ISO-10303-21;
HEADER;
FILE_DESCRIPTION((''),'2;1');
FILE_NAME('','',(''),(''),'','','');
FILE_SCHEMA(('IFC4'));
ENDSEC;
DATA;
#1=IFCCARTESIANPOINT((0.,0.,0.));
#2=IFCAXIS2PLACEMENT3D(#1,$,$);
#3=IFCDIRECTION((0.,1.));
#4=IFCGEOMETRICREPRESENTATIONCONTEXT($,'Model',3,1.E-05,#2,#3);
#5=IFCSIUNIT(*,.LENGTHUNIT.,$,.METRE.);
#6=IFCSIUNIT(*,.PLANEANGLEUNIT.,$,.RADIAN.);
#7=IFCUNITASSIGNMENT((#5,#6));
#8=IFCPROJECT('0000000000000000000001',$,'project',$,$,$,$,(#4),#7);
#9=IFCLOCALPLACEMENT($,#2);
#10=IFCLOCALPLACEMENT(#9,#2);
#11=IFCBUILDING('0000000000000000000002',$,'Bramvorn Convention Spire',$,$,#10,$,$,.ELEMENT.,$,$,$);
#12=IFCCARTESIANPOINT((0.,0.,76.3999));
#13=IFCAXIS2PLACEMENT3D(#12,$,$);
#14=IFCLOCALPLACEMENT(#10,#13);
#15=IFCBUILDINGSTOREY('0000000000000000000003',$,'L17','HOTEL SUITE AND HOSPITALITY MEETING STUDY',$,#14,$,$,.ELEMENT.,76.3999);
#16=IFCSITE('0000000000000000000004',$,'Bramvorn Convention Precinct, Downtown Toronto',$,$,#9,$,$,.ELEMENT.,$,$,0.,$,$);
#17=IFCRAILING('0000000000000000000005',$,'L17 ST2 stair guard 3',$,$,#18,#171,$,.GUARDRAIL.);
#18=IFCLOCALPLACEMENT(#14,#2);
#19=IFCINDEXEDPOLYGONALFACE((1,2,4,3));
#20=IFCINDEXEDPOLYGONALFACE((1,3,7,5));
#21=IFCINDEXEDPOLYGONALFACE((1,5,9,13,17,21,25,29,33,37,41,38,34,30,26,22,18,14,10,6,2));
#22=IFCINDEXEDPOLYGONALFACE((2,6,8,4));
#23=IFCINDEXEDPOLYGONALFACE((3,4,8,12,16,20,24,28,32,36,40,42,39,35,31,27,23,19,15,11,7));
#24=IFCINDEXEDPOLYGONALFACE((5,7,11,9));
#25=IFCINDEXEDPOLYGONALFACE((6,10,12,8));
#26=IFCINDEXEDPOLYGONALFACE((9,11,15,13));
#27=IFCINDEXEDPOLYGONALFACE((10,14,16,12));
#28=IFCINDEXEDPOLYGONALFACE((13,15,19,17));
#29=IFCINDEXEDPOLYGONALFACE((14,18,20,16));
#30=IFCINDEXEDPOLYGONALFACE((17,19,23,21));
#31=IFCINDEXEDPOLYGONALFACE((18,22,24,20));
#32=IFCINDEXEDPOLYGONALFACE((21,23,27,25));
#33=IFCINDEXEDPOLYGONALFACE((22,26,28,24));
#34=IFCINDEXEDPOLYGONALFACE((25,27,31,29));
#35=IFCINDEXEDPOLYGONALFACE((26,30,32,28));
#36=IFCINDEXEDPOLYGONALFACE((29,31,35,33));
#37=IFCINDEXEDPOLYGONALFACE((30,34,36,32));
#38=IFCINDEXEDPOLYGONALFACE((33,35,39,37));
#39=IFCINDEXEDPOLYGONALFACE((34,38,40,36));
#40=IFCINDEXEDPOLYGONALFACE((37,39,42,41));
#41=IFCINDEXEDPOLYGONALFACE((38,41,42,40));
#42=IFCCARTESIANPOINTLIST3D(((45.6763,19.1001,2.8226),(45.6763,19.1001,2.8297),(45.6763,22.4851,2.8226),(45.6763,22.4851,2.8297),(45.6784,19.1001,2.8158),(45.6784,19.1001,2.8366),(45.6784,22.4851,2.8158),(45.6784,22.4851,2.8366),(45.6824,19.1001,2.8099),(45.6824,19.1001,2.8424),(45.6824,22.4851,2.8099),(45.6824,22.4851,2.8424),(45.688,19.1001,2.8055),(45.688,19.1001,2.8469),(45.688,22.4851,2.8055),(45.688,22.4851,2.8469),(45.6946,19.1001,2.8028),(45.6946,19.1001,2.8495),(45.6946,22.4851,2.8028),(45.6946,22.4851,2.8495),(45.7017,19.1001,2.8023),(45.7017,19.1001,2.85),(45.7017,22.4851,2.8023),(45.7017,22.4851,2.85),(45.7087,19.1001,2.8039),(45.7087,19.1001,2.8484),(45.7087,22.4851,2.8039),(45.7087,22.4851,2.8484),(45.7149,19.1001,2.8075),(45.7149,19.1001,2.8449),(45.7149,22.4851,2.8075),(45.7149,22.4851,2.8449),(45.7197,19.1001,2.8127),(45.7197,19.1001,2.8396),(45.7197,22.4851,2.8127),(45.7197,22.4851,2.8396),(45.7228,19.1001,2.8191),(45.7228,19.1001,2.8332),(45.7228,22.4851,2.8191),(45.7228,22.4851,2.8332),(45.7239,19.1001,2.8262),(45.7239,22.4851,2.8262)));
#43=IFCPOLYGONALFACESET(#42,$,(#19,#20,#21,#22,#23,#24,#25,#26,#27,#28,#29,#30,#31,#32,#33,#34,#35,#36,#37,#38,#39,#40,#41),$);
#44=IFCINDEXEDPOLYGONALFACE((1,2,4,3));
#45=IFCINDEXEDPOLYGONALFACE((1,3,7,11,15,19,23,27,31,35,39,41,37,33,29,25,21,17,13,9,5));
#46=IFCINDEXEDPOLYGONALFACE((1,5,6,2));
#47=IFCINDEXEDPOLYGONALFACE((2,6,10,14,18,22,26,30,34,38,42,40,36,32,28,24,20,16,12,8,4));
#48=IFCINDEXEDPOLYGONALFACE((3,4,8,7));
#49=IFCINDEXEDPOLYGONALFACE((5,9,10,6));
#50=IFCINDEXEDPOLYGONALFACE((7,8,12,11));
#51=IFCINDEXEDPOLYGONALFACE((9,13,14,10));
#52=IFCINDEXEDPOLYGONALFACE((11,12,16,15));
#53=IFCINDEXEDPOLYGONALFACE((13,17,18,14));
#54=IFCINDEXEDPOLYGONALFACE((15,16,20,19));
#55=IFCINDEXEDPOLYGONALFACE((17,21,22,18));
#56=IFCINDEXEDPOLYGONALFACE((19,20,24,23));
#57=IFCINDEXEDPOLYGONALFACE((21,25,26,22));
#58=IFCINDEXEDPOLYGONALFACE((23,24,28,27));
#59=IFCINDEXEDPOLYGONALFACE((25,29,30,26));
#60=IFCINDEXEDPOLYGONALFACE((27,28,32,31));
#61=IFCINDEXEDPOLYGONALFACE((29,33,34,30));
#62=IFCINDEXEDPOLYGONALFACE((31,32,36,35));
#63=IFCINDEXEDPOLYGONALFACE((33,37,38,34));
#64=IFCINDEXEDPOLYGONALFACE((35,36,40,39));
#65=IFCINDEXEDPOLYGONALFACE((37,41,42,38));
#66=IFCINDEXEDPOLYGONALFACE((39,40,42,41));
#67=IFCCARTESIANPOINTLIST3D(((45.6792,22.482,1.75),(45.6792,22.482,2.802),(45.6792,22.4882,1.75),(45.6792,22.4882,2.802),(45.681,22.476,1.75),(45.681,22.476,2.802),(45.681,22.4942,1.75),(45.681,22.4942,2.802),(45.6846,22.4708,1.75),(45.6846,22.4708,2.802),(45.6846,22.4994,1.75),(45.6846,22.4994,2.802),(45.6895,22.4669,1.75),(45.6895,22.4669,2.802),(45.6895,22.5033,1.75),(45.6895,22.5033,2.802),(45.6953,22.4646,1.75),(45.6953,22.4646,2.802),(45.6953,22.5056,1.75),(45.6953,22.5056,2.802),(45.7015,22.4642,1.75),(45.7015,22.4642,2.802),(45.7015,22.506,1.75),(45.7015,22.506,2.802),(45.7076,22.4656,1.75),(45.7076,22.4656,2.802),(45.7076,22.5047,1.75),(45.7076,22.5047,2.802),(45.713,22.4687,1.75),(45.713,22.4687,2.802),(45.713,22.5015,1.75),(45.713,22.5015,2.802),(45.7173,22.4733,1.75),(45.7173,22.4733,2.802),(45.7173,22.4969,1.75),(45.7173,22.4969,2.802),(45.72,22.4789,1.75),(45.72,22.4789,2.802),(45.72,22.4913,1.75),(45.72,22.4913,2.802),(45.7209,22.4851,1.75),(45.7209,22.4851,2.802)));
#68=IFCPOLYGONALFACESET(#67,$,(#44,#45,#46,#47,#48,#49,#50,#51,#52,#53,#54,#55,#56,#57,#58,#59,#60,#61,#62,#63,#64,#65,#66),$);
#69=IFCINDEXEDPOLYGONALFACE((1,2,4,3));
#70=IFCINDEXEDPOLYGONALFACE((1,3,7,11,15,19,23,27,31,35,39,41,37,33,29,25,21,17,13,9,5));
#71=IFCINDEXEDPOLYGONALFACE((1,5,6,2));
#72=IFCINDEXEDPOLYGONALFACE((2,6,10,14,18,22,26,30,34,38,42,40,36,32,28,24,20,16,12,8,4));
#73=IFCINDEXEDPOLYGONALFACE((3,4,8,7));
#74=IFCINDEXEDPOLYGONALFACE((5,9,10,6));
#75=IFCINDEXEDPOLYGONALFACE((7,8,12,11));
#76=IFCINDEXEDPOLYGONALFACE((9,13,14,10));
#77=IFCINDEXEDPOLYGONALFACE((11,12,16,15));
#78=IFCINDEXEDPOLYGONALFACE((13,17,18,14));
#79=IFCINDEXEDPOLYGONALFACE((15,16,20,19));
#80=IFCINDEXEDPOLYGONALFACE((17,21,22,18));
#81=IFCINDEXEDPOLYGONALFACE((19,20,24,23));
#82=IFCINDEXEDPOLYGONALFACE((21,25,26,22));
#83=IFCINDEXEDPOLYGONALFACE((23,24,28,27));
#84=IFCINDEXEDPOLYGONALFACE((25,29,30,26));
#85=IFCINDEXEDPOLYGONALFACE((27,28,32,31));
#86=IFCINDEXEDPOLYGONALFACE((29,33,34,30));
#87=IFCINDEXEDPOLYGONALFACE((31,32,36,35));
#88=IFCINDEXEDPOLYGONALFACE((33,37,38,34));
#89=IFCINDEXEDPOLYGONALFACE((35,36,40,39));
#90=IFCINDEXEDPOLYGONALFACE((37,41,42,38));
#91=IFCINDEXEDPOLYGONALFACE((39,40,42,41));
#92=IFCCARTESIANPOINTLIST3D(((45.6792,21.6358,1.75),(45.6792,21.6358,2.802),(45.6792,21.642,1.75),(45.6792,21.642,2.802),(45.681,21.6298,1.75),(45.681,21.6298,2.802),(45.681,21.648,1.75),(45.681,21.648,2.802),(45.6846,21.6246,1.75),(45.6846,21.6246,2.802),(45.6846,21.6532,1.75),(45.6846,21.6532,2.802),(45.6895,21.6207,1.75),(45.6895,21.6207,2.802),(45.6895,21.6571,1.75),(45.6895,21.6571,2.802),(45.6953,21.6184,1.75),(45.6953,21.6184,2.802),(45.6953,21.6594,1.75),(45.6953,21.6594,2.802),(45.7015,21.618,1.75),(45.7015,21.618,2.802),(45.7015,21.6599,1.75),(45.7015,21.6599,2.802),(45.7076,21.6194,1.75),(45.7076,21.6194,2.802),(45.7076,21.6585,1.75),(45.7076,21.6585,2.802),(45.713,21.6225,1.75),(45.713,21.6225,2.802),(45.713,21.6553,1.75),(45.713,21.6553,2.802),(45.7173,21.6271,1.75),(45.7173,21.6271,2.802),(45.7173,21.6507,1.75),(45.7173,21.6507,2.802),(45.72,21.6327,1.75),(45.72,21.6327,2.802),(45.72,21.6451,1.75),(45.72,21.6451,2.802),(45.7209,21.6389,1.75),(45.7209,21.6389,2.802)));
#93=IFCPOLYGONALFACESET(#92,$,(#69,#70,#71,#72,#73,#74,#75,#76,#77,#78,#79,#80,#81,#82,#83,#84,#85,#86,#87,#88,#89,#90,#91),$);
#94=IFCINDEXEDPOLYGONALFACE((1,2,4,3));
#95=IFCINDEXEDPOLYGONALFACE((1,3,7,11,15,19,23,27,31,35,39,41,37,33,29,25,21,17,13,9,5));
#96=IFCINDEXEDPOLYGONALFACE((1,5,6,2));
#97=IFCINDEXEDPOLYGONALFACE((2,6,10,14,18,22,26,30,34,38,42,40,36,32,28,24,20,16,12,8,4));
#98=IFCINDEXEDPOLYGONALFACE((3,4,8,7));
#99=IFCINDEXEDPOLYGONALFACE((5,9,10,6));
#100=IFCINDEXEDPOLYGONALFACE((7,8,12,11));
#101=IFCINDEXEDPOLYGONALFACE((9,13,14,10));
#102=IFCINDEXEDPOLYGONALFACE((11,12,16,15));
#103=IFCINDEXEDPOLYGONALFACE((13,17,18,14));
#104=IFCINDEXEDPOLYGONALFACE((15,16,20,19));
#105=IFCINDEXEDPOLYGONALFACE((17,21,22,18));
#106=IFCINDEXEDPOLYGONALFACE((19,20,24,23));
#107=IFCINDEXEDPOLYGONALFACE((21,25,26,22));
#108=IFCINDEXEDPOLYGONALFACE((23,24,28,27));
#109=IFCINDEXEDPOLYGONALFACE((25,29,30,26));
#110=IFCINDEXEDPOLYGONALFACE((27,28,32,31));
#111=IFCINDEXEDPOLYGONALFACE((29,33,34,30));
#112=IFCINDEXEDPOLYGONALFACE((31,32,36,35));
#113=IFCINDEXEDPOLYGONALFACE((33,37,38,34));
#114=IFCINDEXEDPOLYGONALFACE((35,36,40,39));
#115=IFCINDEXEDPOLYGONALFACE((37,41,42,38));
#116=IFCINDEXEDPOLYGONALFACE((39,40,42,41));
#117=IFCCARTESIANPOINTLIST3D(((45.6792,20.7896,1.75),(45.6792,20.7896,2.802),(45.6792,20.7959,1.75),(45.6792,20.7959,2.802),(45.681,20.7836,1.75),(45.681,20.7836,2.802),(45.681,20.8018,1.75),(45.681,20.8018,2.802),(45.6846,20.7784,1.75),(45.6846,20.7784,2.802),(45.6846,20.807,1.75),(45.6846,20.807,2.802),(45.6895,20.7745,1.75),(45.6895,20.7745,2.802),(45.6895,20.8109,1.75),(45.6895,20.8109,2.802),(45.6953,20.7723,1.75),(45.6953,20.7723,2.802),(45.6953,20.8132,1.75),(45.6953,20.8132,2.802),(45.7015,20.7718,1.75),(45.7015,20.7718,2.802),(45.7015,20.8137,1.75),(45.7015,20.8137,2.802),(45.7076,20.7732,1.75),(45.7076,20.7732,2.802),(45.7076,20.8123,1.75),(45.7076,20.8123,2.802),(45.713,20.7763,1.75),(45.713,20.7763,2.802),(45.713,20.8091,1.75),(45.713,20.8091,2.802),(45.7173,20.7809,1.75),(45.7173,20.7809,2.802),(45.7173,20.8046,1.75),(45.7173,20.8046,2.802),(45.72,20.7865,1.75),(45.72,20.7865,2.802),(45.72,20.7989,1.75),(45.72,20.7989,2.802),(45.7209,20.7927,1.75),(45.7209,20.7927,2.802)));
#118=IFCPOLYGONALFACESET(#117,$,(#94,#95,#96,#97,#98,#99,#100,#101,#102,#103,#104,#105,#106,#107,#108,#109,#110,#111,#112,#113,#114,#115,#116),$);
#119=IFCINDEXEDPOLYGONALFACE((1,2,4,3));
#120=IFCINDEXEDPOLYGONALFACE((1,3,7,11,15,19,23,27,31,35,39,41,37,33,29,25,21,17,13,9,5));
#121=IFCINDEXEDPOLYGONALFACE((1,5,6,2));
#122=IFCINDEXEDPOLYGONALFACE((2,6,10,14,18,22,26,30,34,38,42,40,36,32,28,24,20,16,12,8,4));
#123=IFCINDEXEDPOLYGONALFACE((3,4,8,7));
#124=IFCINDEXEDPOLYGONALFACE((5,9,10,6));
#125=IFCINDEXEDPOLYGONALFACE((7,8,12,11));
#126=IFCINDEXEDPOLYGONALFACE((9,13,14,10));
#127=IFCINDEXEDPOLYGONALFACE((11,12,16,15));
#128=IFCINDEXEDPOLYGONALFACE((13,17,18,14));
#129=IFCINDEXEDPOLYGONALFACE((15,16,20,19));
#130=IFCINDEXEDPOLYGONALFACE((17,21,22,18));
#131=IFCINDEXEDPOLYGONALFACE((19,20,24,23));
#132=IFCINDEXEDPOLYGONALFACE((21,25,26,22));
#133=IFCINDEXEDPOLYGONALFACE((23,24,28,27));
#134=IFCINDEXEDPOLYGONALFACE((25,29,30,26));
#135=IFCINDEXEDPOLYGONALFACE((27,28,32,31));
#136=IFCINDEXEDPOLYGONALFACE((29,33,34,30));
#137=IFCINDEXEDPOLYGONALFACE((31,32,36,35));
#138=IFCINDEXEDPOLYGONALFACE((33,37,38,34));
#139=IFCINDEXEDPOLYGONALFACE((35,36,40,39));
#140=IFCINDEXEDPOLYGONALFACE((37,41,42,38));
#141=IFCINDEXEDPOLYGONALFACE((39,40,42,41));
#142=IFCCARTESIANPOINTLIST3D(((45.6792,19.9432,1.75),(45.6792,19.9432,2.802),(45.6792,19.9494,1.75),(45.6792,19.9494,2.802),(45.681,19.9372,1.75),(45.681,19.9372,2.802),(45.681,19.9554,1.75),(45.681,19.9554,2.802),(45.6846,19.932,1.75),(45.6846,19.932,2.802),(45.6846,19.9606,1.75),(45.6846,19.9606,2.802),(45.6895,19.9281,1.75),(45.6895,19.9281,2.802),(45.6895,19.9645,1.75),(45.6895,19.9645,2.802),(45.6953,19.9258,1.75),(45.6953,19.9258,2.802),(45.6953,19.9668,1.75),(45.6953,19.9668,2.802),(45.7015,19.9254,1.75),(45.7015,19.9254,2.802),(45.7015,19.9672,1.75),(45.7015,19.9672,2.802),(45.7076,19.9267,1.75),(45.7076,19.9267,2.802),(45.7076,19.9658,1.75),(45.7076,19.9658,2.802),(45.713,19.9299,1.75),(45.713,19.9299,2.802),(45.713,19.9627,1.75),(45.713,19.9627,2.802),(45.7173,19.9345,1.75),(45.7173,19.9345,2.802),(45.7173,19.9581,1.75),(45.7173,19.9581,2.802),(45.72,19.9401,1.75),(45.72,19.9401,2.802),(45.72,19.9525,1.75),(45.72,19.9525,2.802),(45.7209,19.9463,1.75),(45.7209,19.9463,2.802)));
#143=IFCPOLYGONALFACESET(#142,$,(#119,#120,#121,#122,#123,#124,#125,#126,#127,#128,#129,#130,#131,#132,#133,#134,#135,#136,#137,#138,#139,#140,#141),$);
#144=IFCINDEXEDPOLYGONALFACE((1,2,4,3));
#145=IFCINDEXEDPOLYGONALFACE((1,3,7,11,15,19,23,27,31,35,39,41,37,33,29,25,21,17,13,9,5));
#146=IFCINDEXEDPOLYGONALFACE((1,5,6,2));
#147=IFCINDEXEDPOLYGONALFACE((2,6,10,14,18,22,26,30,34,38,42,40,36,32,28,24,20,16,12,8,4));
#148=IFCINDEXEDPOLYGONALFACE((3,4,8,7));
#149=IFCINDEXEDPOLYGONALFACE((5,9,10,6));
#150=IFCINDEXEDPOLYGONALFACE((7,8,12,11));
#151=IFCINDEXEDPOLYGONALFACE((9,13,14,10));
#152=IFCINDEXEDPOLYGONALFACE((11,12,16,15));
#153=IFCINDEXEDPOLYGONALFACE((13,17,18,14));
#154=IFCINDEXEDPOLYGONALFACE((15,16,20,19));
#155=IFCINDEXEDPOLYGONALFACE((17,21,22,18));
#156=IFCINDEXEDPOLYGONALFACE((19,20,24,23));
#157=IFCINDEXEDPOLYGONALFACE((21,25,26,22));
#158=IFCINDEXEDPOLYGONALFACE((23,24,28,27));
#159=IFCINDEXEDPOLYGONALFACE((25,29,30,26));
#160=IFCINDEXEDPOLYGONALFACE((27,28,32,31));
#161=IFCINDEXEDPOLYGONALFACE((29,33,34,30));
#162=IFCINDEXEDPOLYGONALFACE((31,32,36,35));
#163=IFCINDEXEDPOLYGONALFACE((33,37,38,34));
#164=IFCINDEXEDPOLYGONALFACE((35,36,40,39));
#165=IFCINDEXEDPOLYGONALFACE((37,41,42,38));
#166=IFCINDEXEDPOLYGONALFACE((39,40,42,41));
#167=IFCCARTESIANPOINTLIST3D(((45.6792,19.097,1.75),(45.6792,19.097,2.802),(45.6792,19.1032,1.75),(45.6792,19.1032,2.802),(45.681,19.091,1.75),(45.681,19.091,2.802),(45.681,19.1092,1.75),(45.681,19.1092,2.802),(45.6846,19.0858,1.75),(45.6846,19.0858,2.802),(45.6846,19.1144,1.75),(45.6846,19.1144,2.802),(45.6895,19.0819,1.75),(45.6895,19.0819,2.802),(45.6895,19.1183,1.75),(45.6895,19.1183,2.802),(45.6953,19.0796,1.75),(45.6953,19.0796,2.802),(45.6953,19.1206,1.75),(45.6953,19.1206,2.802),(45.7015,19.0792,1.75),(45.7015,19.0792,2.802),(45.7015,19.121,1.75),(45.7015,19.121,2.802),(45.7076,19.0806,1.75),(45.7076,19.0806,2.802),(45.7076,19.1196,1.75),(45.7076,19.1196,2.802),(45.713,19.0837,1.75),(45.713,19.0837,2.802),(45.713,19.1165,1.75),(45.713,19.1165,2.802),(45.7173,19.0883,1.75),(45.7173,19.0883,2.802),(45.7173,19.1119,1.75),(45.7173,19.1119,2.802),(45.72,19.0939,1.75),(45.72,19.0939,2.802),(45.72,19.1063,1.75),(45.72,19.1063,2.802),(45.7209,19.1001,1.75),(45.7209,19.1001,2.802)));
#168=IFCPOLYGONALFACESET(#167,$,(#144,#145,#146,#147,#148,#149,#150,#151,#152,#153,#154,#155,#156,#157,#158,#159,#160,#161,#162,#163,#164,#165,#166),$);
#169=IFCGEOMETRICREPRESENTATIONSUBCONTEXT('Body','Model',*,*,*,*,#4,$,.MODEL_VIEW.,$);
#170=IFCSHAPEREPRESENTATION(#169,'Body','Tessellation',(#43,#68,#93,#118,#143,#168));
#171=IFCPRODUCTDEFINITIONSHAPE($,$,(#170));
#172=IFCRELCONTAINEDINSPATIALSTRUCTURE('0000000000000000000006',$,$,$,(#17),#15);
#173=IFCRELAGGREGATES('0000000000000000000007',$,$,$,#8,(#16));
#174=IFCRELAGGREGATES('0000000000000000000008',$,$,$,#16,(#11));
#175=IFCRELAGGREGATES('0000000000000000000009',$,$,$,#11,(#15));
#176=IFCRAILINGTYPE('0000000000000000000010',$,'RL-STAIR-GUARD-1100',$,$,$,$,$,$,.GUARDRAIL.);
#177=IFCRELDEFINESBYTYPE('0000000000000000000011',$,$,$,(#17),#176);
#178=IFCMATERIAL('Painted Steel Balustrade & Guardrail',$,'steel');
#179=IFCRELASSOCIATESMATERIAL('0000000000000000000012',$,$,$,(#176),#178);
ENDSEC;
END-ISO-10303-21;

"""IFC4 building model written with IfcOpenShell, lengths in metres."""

from ifc_helpers import new_model, si_unit, direction, frame, origin, origin_2d, place, context, subcontext, project, spatial, circle, extrude, material, type_object, element, save


model = new_model("IFC4")

# Units and contexts
model_context = context("Model", 3, precision=1e-05, world=origin(), true_north=direction((0.0, 1.0)))
body_context = subcontext(model_context, "Body", "Model", "MODEL_VIEW")
ifc_project = project(units=[si_unit("LENGTHUNIT", "METRE"), si_unit("PLANEANGLEUNIT", "RADIAN")], contexts=[model_context])

# Site, building, storey
site_placement = place(None, origin())
site = spatial("IfcSite", under=ifc_project, at=site_placement, Name="Bramvorn Convention Precinct, Downtown Toronto", CompositionType="ELEMENT", RefElevation=0.0)
building_placement = place(site_placement, origin())
building = spatial("IfcBuilding", under=site, at=building_placement, Name="Bramvorn Convention Spire", CompositionType="ELEMENT")
storey_placement = place(building_placement, frame((0.0, 0.0, 76.3999)))
storey = spatial("IfcBuildingStorey", under=building, at=storey_placement, Name="L17", Description="HOTEL SUITE AND HOSPITALITY MEETING STUDY", CompositionType="ELEMENT", Elevation=76.3999)

# Railing
ifc_material_1 = material(Name="Painted Steel Balustrade & Guardrail", Category="steel")
railing_type_1 = type_object("IfcRailingType", Name="RL-STAIR-GUARD-1100", PredefinedType="GUARDRAIL", material=ifc_material_1)
for number, where, name in (
    (1, (45.7, 22.4851, 1.75), "L17 ST2 stair guard 3"),
):
    element("IfcRailing", number, at=place(storey_placement, frame(where)), inside=storey, type_object=railing_type_1, Name=name, PredefinedType="GUARDRAIL", context=body_context, shape_type="SweptSolid", body=[
        extrude(circle(Radius=0.0239, at=origin_2d()), frame((0.0, 0.0, 1.0762), z_axis=(0.0, -1.0, 0.0), x_axis=(1.0, 0.0, 0.0)), (0.0, 0.0, 1.0), 3.385),
        extrude(circle(Radius=0.021, at=origin_2d()), origin(), (0.0, 0.0, 1.0), 1.052),
        extrude(circle(Radius=0.021, at=origin_2d()), frame((0.0, -0.8462, 0.0)), (0.0, 0.0, 1.0), 1.052),
        extrude(circle(Radius=0.021, at=origin_2d()), frame((0.0, -1.6924, 0.0)), (0.0, 0.0, 1.0), 1.052),
        extrude(circle(Radius=0.021, at=origin_2d()), frame((0.0, -2.5388, 0.0)), (0.0, 0.0, 1.0), 1.052),
        extrude(circle(Radius=0.021, at=origin_2d()), frame((0.0, -3.385, 0.0)), (0.0, 0.0, 1.0), 1.052),
    ])

save(model, "model.ifc")
